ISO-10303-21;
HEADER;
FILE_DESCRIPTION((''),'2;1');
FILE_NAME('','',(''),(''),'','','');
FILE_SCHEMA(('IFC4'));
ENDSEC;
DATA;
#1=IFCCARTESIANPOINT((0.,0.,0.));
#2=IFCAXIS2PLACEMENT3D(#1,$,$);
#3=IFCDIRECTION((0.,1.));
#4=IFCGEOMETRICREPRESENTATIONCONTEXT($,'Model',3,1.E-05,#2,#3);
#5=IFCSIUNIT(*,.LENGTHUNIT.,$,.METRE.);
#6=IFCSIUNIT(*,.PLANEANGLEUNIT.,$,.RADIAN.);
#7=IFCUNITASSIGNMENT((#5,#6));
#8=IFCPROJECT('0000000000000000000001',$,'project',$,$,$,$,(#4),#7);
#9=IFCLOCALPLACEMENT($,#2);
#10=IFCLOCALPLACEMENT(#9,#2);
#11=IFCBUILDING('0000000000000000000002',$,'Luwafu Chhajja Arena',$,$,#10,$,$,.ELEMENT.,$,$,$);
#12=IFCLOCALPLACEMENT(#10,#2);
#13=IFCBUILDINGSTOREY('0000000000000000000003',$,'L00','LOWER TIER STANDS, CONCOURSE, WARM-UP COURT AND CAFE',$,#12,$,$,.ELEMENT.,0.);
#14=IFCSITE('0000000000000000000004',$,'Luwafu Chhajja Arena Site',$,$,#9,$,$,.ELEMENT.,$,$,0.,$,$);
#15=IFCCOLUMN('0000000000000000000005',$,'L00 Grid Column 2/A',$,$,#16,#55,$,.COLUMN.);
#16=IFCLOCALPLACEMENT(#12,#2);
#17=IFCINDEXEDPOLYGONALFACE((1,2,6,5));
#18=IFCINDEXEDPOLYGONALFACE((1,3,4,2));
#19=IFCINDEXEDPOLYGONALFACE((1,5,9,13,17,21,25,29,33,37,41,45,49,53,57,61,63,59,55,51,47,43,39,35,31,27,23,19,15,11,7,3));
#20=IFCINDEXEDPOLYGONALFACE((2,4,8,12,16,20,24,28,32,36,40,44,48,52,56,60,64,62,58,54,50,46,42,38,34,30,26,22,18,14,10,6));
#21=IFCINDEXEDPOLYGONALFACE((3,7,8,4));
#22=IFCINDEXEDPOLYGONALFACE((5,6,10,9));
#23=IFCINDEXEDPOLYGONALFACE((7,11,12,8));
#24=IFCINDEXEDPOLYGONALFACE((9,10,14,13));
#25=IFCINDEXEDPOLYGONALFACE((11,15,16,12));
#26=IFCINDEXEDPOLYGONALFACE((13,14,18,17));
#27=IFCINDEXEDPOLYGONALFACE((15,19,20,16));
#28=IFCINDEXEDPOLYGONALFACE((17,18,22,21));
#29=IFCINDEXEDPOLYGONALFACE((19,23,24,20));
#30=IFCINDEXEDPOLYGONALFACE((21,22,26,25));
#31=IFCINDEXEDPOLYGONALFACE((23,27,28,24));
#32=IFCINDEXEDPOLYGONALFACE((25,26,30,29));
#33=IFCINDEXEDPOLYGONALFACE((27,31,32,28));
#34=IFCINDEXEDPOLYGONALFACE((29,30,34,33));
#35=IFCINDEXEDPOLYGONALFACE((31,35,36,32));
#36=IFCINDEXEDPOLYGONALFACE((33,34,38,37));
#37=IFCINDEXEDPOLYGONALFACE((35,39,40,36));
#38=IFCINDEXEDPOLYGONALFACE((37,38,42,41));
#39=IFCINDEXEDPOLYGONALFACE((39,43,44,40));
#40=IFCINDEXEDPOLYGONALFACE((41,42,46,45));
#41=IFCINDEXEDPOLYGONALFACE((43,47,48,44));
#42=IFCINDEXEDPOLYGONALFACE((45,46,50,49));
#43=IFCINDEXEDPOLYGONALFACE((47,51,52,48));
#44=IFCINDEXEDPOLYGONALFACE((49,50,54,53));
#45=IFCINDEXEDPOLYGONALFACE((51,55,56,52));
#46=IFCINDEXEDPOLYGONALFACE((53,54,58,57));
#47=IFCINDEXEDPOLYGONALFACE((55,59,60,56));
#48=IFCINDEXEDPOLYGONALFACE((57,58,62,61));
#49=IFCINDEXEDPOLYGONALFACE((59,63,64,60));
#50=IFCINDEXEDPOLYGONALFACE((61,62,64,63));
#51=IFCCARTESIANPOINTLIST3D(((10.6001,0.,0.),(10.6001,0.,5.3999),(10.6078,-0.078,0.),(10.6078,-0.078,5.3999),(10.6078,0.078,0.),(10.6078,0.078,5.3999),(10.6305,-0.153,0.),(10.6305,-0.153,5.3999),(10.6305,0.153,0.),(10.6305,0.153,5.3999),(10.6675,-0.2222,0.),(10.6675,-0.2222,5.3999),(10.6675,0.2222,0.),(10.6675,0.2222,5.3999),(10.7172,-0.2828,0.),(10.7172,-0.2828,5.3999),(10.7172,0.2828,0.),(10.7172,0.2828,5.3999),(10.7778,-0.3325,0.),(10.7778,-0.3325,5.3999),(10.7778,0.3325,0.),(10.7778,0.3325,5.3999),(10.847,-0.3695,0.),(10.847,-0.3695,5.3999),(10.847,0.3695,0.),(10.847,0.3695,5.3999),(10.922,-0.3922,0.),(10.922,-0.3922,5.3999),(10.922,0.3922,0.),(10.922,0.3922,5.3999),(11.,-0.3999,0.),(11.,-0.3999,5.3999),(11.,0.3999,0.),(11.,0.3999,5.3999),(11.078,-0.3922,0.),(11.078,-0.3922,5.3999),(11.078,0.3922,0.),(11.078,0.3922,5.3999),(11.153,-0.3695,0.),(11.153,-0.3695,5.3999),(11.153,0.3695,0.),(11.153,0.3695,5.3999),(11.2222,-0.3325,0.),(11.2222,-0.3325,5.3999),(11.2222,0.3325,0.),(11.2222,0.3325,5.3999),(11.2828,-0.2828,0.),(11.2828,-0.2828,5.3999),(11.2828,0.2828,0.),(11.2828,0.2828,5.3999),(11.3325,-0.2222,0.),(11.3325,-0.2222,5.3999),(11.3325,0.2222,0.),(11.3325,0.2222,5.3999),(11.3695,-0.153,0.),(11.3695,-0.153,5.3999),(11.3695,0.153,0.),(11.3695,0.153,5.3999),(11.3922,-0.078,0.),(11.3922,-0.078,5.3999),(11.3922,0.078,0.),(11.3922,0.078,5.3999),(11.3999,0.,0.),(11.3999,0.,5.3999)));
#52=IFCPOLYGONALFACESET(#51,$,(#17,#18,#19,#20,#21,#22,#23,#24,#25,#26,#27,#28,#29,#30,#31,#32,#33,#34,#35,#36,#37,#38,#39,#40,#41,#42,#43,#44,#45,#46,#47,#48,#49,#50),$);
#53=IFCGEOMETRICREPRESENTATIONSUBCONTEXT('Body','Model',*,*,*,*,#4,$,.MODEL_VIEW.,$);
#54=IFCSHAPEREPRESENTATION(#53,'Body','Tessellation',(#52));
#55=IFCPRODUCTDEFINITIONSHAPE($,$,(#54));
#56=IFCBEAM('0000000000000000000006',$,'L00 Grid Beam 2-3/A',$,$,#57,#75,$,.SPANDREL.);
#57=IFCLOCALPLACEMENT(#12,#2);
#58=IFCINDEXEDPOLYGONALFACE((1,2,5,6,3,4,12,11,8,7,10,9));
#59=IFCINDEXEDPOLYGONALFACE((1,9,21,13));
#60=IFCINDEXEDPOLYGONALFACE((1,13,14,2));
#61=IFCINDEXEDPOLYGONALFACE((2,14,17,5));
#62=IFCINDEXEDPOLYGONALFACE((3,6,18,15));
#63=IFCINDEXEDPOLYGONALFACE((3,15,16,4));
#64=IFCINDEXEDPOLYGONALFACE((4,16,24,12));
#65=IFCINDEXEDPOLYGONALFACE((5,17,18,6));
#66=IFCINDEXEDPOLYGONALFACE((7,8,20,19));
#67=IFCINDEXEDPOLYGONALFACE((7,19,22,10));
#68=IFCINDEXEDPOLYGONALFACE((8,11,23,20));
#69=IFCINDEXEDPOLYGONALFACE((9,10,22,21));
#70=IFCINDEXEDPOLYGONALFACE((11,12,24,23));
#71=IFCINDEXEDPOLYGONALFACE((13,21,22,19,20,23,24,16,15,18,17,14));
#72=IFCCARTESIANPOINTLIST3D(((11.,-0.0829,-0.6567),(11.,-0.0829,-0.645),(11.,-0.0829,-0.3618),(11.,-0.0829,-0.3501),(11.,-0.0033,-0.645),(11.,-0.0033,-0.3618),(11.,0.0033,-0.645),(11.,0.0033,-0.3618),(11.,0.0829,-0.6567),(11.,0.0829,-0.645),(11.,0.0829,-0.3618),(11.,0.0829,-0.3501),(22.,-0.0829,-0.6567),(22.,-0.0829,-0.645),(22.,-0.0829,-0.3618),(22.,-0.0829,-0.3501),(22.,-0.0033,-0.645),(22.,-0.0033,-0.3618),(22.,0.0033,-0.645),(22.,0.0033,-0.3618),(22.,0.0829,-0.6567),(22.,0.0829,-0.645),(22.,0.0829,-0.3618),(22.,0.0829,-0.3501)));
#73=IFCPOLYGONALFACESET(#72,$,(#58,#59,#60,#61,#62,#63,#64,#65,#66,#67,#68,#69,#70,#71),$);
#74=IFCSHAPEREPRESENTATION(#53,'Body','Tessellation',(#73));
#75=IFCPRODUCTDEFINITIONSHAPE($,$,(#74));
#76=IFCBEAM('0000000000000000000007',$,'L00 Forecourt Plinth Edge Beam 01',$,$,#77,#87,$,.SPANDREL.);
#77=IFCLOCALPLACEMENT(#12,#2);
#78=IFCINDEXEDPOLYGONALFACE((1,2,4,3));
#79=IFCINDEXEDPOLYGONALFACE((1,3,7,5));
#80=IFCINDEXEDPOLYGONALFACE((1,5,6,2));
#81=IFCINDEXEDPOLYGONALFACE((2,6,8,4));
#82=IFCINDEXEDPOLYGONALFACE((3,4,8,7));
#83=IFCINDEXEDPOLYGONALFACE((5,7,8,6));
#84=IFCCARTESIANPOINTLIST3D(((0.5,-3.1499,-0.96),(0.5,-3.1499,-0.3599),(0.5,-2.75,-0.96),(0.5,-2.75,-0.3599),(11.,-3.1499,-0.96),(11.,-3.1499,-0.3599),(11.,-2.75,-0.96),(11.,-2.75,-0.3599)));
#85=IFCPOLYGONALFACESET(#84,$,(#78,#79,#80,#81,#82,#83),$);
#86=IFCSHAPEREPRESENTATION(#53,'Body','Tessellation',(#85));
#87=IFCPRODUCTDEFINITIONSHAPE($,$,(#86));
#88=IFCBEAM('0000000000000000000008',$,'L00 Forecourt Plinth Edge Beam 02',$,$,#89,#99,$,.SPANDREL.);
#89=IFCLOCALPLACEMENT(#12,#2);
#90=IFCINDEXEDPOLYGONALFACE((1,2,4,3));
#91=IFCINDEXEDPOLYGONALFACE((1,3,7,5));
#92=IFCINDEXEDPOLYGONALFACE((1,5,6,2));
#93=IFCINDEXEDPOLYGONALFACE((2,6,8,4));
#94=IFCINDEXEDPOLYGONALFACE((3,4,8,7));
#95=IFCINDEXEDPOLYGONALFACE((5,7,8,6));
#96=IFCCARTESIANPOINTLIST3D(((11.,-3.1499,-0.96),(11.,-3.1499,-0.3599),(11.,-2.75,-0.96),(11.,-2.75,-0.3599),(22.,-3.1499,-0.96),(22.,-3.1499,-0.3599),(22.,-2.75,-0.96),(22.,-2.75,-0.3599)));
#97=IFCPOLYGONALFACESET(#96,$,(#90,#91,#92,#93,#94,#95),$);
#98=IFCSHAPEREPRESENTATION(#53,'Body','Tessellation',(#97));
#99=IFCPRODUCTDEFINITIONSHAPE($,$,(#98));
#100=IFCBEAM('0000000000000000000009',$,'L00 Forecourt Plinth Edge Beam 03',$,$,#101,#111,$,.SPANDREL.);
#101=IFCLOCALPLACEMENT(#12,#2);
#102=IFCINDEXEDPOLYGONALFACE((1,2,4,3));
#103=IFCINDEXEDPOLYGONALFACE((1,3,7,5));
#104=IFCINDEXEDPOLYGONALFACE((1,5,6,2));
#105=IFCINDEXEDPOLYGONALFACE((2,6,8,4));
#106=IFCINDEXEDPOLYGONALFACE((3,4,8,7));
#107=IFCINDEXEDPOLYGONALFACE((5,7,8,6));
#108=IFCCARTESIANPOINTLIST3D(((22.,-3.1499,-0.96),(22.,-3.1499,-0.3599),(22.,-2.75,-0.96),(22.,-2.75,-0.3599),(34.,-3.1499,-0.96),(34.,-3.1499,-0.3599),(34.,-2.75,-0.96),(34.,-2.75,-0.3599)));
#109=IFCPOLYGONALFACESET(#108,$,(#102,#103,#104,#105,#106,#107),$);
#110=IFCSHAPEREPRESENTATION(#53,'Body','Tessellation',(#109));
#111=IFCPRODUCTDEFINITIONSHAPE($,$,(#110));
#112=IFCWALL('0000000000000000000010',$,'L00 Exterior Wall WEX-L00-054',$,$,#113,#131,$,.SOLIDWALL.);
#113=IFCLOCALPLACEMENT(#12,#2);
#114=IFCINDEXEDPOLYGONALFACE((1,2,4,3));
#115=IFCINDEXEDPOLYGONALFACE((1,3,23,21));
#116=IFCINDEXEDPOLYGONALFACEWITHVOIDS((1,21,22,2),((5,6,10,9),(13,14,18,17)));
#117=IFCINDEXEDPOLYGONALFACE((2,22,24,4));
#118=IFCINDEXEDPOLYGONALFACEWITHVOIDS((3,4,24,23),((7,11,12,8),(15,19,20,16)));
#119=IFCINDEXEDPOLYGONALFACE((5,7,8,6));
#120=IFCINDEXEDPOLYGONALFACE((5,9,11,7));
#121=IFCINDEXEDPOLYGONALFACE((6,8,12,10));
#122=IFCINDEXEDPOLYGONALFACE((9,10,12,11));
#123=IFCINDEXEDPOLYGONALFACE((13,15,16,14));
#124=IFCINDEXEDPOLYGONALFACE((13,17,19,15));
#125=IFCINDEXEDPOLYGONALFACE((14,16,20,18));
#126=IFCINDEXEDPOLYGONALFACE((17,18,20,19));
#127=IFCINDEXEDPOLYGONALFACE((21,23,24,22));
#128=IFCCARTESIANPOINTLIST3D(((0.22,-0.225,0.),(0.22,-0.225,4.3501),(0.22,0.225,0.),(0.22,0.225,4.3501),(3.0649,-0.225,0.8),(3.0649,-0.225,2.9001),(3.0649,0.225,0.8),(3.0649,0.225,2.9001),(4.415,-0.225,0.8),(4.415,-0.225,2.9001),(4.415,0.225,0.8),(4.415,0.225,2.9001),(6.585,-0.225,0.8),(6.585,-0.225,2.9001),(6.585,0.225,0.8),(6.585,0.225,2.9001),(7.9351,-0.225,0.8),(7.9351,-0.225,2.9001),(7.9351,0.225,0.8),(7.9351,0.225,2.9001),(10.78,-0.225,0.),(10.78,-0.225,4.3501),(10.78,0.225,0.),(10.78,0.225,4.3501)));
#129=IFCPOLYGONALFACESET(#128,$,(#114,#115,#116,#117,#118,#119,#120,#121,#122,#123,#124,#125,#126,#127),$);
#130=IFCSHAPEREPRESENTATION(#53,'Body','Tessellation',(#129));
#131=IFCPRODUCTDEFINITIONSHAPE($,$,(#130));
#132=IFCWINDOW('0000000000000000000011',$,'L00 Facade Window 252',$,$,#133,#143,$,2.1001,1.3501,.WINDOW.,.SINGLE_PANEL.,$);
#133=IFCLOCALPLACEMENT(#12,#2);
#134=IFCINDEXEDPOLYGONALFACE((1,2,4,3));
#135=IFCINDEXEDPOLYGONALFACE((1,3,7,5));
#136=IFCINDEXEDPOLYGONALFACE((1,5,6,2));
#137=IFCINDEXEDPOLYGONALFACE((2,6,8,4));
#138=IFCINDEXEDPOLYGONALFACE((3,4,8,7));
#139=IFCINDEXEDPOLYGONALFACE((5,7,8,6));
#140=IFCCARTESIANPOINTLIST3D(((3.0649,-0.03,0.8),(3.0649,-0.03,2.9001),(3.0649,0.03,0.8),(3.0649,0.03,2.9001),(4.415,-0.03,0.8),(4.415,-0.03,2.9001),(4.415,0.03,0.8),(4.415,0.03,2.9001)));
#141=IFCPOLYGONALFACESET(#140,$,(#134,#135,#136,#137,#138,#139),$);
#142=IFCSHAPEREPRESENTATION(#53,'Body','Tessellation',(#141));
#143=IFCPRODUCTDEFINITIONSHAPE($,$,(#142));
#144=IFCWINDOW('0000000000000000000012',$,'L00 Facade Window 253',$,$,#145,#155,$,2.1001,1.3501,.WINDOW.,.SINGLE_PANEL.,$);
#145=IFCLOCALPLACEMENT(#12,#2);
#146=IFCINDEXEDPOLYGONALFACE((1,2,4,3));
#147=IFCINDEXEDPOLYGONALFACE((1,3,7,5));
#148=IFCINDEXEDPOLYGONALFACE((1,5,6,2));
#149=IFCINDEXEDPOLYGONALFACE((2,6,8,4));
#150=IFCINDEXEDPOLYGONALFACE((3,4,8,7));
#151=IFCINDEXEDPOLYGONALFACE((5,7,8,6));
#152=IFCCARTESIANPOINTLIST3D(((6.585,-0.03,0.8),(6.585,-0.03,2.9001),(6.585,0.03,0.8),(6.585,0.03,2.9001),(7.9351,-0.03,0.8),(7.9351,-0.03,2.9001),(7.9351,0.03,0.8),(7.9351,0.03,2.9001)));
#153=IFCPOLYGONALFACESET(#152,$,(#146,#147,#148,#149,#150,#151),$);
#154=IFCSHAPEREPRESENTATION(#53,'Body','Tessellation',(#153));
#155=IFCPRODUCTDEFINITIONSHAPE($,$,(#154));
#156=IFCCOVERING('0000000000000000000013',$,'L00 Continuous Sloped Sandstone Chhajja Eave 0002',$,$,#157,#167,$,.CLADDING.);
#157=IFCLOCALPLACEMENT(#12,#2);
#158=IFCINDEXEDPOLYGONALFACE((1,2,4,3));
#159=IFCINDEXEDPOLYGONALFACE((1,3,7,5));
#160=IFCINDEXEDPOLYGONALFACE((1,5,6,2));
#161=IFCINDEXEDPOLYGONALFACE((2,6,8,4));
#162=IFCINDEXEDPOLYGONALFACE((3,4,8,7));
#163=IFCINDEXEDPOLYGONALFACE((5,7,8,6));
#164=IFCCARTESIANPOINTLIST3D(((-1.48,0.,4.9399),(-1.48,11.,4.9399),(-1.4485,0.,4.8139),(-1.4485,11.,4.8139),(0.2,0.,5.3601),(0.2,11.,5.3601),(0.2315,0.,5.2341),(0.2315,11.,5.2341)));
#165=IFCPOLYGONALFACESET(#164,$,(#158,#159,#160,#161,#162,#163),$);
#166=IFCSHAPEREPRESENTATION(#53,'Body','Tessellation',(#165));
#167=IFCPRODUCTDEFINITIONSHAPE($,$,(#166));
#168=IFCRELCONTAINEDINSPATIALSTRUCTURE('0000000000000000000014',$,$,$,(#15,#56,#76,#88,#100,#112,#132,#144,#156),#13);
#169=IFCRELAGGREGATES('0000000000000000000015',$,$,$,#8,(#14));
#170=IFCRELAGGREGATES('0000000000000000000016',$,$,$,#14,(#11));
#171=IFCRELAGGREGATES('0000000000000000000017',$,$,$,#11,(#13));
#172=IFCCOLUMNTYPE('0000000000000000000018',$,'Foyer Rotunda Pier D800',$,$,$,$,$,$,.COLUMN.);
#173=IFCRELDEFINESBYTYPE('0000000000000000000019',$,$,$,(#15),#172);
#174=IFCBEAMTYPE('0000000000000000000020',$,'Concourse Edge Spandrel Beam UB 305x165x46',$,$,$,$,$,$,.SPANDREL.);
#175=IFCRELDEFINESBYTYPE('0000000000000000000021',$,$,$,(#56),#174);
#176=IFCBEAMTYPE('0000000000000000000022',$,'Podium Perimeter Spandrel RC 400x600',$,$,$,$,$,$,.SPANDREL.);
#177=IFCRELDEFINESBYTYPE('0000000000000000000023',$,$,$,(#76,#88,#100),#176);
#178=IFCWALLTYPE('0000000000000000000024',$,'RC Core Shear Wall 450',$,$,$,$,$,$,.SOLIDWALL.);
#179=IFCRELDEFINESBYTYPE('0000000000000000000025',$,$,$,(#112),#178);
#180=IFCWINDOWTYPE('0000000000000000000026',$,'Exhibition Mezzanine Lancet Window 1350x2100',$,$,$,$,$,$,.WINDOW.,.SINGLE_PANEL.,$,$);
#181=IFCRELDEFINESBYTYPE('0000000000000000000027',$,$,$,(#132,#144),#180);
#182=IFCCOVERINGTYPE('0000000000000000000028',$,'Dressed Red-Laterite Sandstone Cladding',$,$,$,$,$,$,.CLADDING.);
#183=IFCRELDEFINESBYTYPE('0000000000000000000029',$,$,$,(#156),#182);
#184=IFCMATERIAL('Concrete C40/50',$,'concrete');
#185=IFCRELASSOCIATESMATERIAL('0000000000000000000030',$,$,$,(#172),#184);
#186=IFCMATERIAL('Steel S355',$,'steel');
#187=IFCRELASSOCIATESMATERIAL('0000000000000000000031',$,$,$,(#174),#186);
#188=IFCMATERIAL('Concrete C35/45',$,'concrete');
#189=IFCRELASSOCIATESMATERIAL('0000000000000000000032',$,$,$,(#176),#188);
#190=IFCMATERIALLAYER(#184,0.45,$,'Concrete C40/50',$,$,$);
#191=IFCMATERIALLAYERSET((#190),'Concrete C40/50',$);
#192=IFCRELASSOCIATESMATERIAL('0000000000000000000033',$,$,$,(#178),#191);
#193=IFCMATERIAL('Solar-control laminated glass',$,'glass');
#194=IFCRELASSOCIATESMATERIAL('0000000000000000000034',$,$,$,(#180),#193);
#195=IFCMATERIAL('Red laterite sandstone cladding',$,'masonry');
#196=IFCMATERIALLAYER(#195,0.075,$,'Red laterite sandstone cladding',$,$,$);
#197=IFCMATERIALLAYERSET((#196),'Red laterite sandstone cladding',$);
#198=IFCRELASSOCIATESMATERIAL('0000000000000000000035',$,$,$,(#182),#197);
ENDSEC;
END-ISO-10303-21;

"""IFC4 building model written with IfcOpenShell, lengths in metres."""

from ifc_helpers import new_model, si_unit, direction, frame, frame_2d, origin, origin_2d, place, context, subcontext, project, spatial, polyline, rectangle, circle, i_section, outline, extrude, material, layer, layer_set, material_profile, profile_set, type_object, element, fill, save


model = new_model("IFC4")

# Units and contexts
model_context = context("Model", 3, precision=1e-05, world=origin(), true_north=direction((0.0, 1.0)))
body_context = subcontext(model_context, "Body", "Model", "MODEL_VIEW")
ifc_project = project(units=[si_unit("LENGTHUNIT", "METRE"), si_unit("PLANEANGLEUNIT", "RADIAN")], contexts=[model_context])

# Site, building, storey
site_placement = place(None, origin())
site = spatial("IfcSite", under=ifc_project, at=site_placement, Name="Luwafu Chhajja Arena Site", CompositionType="ELEMENT", RefElevation=0.0)
building_placement = place(site_placement, origin())
building = spatial("IfcBuilding", under=site, at=building_placement, Name="Luwafu Chhajja Arena", CompositionType="ELEMENT")
storey_placement = place(building_placement, origin())
storey = spatial("IfcBuildingStorey", under=building, at=storey_placement, Name="L00", Description="LOWER TIER STANDS, CONCOURSE, WARM-UP COURT AND CAFE", CompositionType="ELEMENT", Elevation=0.0)

# Column
ifc_material_1 = material(Name="Concrete C40/50", Category="concrete")
ifc_material_profile_1 = material_profile(ifc_material_1, circle(Radius=0.3999, at=origin_2d()), Name="RC COL D800")
ifc_profile_set_1 = profile_set([ifc_material_profile_1], Name="Concrete C40/50")
column_type = type_object("IfcColumnType", Name="Foyer Rotunda Pier D800", PredefinedType="COLUMN", material=ifc_profile_set_1)
column_placement = place(storey_placement, frame((11.0, 0.0, 0.0), z_axis=(0.0, 0.0, 1.0), x_axis=(1.0, 0.0, 0.0)))
element("IfcColumn", 1, at=column_placement, inside=storey, type_object=column_type, Name="L00 Grid Column 2/A", PredefinedType="COLUMN", context=body_context, shape_type="SweptSolid", body=[
    extrude(circle(Radius=0.3999, at=origin_2d()), origin(), (0.0, 0.0, 1.0), 5.3999),
])

# Beams
ifc_material_2 = material(Name="Steel S355", Category="steel")
ifc_material_profile_2 = material_profile(ifc_material_2, i_section(OverallWidth=0.1658, OverallDepth=0.3066, WebThickness=0.0066, FlangeThickness=0.0117, at=origin_2d()), Name="UB 305x165x46")
ifc_profile_set_2 = profile_set([ifc_material_profile_2], Name="Steel S355")
beam_type_1 = type_object("IfcBeamType", Name="Concourse Edge Spandrel Beam UB 305x165x46", PredefinedType="SPANDREL", material=ifc_profile_set_2)
beam_1_placement = place(storey_placement, frame((11.0, 0.0, -0.5034), z_axis=(1.0, 0.0, 0.0), x_axis=(0.0, 1.0, 0.0)))
element("IfcBeam", 2, at=beam_1_placement, inside=storey, type_object=beam_type_1, Name="L00 Grid Beam 2-3/A", PredefinedType="SPANDREL", context=body_context, shape_type="SweptSolid", body=[
    extrude(i_section(OverallWidth=0.1658, OverallDepth=0.3066, WebThickness=0.0066, FlangeThickness=0.0117, at=origin_2d()), origin(), (0.0, 0.0, 1.0), 11.0),
])
ifc_material_3 = material(Name="Concrete C35/45", Category="concrete")
ifc_material_profile_3 = material_profile(ifc_material_3, rectangle(XDim=0.3999, YDim=0.6001, at=origin_2d()), Name="RC 400x600")
ifc_profile_set_3 = profile_set([ifc_material_profile_3], Name="Concrete C35/45")
beam_type_2 = type_object("IfcBeamType", Name="Podium Perimeter Spandrel RC 400x600", PredefinedType="SPANDREL", material=ifc_profile_set_3)
beam_2_placement = place(storey_placement, frame((0.5, -2.95, -0.6599), z_axis=(1.0, 0.0, 0.0), x_axis=(0.0, 1.0, 0.0)))
element("IfcBeam", 3, at=beam_2_placement, inside=storey, type_object=beam_type_2, Name="L00 Forecourt Plinth Edge Beam 01", PredefinedType="SPANDREL", context=body_context, shape_type="SweptSolid", body=[
    extrude(rectangle(XDim=0.3999, YDim=0.6001, at=origin_2d()), origin(), (0.0, 0.0, 1.0), 10.5),
])
beam_3_placement = place(storey_placement, frame((11.0, -2.95, -0.6599), z_axis=(1.0, 0.0, 0.0), x_axis=(0.0, 1.0, 0.0)))
element("IfcBeam", 4, at=beam_3_placement, inside=storey, type_object=beam_type_2, Name="L00 Forecourt Plinth Edge Beam 02", PredefinedType="SPANDREL", context=body_context, shape_type="SweptSolid", body=[
    extrude(rectangle(XDim=0.3999, YDim=0.6001, at=origin_2d()), origin(), (0.0, 0.0, 1.0), 11.0),
])
beam_4_placement = place(storey_placement, frame((22.0, -2.95, -0.6599), z_axis=(1.0, 0.0, 0.0), x_axis=(0.0, 1.0, 0.0)))
element("IfcBeam", 5, at=beam_4_placement, inside=storey, type_object=beam_type_2, Name="L00 Forecourt Plinth Edge Beam 03", PredefinedType="SPANDREL", context=body_context, shape_type="SweptSolid", body=[
    extrude(rectangle(XDim=0.3999, YDim=0.6001, at=origin_2d()), origin(), (0.0, 0.0, 1.0), 12.0),
])

# Wall, openings, windows
ifc_layer_1 = layer(ifc_material_1, 0.45, Name="Concrete C40/50")
ifc_layer_set_1 = layer_set([ifc_layer_1], Name="Concrete C40/50")
wall_type = type_object("IfcWallType", Name="RC Core Shear Wall 450", PredefinedType="SOLIDWALL", material=ifc_layer_set_1)
wall_placement = place(storey_placement, frame((0.22, 0.0, 0.0), z_axis=(0.0, 0.0, 1.0), x_axis=(1.0, 0.0, 0.0)))
wall = element("IfcWall", 6, at=wall_placement, inside=storey, type_object=wall_type, Name="L00 Exterior Wall WEX-L00-054", PredefinedType="SOLIDWALL", context=body_context, shape_type="SweptSolid", body=[
    extrude(rectangle(XDim=10.5601, YDim=0.45, at=frame_2d((5.28, 0.0))), origin(), (0.0, 0.0, 1.0), 4.3501),
])
opening_1_placement = place(wall_placement, frame((2.845, 0.0, 0.8)))
opening_1 = element("IfcOpeningElement", 7, at=opening_1_placement, cuts=wall, PredefinedType="OPENING", context=body_context, shape_type="SweptSolid", body=[
    extrude(rectangle(XDim=1.3501, YDim=2.1001, at=frame_2d((0.675, 1.05))), frame((0.0, 0.2349, 0.0), z_axis=(0.0, -1.0, 0.0), x_axis=(1.0, 0.0, 0.0)), (0.0, 0.0, 1.0), 0.47),
])
opening_2_placement = place(wall_placement, frame((6.365, 0.0, 0.8)))
opening_2 = element("IfcOpeningElement", 8, at=opening_2_placement, cuts=wall, PredefinedType="OPENING", context=body_context, shape_type="SweptSolid", body=[
    extrude(rectangle(XDim=1.3501, YDim=2.1001, at=frame_2d((0.675, 1.05))), frame((0.0, 0.2349, 0.0), z_axis=(0.0, -1.0, 0.0), x_axis=(1.0, 0.0, 0.0)), (0.0, 0.0, 1.0), 0.47),
])
ifc_material_4 = material(Name="Solar-control laminated glass", Category="glass")
window_type = type_object("IfcWindowType", Name="Exhibition Mezzanine Lancet Window 1350x2100", PartitioningType="SINGLE_PANEL", PredefinedType="WINDOW", material=ifc_material_4)
window_1_placement = place(opening_1_placement, origin())
window_1 = element("IfcWindow", 9, at=window_1_placement, inside=storey, type_object=window_type, Name="L00 Facade Window 252", OverallHeight=2.1001, OverallWidth=1.3501, PartitioningType="SINGLE_PANEL", PredefinedType="WINDOW", context=body_context, shape_type="SweptSolid", body=[
    extrude(rectangle(XDim=1.3501, YDim=2.1001, at=frame_2d((0.675, 1.05))), frame((0.0, 0.03, 0.0), z_axis=(0.0, -1.0, 0.0), x_axis=(1.0, 0.0, 0.0)), (0.0, 0.0, 1.0), 0.0601),
])
fill(opening_1, window_1)
window_2_placement = place(opening_2_placement, origin())
window_2 = element("IfcWindow", 10, at=window_2_placement, inside=storey, type_object=window_type, Name="L00 Facade Window 253", OverallHeight=2.1001, OverallWidth=1.3501, PartitioningType="SINGLE_PANEL", PredefinedType="WINDOW", context=body_context, shape_type="SweptSolid", body=[
    extrude(rectangle(XDim=1.3501, YDim=2.1001, at=frame_2d((0.675, 1.05))), frame((0.0, 0.03, 0.0), z_axis=(0.0, -1.0, 0.0), x_axis=(1.0, 0.0, 0.0)), (0.0, 0.0, 1.0), 0.0601),
])
fill(opening_2, window_2)

# Covering
ifc_material_5 = material(Name="Red laterite sandstone cladding", Category="masonry")
ifc_layer_2 = layer(ifc_material_5, 0.075, Name="Red laterite sandstone cladding")
ifc_layer_set_2 = layer_set([ifc_layer_2], Name="Red laterite sandstone cladding")
covering_type_1 = type_object("IfcCoveringType", Name="Dressed Red-Laterite Sandstone Cladding", PredefinedType="CLADDING", material=ifc_layer_set_2)
covering_1_placement = place(storey_placement, frame((0.2, 0.0, 5.3601), z_axis=(-0.242635, 0.0, 0.970118), x_axis=(0.0, 1.0, 0.0)))
element("IfcCovering", 11, at=covering_1_placement, inside=storey, type_object=covering_type_1, Name="L00 Continuous Sloped Sandstone Chhajja Eave 0002", PredefinedType="CLADDING", context=body_context, shape_type="SweptSolid", body=[
    extrude(outline(polyline([(0.0, 0.0), (11.0, 0.0), (11.0, 1.7317), (0.0, 1.7317), (0.0, 0.0)])), origin(), (0.0, 0.0, -1.0), 0.1299),
])

save(model, "model.ifc")
